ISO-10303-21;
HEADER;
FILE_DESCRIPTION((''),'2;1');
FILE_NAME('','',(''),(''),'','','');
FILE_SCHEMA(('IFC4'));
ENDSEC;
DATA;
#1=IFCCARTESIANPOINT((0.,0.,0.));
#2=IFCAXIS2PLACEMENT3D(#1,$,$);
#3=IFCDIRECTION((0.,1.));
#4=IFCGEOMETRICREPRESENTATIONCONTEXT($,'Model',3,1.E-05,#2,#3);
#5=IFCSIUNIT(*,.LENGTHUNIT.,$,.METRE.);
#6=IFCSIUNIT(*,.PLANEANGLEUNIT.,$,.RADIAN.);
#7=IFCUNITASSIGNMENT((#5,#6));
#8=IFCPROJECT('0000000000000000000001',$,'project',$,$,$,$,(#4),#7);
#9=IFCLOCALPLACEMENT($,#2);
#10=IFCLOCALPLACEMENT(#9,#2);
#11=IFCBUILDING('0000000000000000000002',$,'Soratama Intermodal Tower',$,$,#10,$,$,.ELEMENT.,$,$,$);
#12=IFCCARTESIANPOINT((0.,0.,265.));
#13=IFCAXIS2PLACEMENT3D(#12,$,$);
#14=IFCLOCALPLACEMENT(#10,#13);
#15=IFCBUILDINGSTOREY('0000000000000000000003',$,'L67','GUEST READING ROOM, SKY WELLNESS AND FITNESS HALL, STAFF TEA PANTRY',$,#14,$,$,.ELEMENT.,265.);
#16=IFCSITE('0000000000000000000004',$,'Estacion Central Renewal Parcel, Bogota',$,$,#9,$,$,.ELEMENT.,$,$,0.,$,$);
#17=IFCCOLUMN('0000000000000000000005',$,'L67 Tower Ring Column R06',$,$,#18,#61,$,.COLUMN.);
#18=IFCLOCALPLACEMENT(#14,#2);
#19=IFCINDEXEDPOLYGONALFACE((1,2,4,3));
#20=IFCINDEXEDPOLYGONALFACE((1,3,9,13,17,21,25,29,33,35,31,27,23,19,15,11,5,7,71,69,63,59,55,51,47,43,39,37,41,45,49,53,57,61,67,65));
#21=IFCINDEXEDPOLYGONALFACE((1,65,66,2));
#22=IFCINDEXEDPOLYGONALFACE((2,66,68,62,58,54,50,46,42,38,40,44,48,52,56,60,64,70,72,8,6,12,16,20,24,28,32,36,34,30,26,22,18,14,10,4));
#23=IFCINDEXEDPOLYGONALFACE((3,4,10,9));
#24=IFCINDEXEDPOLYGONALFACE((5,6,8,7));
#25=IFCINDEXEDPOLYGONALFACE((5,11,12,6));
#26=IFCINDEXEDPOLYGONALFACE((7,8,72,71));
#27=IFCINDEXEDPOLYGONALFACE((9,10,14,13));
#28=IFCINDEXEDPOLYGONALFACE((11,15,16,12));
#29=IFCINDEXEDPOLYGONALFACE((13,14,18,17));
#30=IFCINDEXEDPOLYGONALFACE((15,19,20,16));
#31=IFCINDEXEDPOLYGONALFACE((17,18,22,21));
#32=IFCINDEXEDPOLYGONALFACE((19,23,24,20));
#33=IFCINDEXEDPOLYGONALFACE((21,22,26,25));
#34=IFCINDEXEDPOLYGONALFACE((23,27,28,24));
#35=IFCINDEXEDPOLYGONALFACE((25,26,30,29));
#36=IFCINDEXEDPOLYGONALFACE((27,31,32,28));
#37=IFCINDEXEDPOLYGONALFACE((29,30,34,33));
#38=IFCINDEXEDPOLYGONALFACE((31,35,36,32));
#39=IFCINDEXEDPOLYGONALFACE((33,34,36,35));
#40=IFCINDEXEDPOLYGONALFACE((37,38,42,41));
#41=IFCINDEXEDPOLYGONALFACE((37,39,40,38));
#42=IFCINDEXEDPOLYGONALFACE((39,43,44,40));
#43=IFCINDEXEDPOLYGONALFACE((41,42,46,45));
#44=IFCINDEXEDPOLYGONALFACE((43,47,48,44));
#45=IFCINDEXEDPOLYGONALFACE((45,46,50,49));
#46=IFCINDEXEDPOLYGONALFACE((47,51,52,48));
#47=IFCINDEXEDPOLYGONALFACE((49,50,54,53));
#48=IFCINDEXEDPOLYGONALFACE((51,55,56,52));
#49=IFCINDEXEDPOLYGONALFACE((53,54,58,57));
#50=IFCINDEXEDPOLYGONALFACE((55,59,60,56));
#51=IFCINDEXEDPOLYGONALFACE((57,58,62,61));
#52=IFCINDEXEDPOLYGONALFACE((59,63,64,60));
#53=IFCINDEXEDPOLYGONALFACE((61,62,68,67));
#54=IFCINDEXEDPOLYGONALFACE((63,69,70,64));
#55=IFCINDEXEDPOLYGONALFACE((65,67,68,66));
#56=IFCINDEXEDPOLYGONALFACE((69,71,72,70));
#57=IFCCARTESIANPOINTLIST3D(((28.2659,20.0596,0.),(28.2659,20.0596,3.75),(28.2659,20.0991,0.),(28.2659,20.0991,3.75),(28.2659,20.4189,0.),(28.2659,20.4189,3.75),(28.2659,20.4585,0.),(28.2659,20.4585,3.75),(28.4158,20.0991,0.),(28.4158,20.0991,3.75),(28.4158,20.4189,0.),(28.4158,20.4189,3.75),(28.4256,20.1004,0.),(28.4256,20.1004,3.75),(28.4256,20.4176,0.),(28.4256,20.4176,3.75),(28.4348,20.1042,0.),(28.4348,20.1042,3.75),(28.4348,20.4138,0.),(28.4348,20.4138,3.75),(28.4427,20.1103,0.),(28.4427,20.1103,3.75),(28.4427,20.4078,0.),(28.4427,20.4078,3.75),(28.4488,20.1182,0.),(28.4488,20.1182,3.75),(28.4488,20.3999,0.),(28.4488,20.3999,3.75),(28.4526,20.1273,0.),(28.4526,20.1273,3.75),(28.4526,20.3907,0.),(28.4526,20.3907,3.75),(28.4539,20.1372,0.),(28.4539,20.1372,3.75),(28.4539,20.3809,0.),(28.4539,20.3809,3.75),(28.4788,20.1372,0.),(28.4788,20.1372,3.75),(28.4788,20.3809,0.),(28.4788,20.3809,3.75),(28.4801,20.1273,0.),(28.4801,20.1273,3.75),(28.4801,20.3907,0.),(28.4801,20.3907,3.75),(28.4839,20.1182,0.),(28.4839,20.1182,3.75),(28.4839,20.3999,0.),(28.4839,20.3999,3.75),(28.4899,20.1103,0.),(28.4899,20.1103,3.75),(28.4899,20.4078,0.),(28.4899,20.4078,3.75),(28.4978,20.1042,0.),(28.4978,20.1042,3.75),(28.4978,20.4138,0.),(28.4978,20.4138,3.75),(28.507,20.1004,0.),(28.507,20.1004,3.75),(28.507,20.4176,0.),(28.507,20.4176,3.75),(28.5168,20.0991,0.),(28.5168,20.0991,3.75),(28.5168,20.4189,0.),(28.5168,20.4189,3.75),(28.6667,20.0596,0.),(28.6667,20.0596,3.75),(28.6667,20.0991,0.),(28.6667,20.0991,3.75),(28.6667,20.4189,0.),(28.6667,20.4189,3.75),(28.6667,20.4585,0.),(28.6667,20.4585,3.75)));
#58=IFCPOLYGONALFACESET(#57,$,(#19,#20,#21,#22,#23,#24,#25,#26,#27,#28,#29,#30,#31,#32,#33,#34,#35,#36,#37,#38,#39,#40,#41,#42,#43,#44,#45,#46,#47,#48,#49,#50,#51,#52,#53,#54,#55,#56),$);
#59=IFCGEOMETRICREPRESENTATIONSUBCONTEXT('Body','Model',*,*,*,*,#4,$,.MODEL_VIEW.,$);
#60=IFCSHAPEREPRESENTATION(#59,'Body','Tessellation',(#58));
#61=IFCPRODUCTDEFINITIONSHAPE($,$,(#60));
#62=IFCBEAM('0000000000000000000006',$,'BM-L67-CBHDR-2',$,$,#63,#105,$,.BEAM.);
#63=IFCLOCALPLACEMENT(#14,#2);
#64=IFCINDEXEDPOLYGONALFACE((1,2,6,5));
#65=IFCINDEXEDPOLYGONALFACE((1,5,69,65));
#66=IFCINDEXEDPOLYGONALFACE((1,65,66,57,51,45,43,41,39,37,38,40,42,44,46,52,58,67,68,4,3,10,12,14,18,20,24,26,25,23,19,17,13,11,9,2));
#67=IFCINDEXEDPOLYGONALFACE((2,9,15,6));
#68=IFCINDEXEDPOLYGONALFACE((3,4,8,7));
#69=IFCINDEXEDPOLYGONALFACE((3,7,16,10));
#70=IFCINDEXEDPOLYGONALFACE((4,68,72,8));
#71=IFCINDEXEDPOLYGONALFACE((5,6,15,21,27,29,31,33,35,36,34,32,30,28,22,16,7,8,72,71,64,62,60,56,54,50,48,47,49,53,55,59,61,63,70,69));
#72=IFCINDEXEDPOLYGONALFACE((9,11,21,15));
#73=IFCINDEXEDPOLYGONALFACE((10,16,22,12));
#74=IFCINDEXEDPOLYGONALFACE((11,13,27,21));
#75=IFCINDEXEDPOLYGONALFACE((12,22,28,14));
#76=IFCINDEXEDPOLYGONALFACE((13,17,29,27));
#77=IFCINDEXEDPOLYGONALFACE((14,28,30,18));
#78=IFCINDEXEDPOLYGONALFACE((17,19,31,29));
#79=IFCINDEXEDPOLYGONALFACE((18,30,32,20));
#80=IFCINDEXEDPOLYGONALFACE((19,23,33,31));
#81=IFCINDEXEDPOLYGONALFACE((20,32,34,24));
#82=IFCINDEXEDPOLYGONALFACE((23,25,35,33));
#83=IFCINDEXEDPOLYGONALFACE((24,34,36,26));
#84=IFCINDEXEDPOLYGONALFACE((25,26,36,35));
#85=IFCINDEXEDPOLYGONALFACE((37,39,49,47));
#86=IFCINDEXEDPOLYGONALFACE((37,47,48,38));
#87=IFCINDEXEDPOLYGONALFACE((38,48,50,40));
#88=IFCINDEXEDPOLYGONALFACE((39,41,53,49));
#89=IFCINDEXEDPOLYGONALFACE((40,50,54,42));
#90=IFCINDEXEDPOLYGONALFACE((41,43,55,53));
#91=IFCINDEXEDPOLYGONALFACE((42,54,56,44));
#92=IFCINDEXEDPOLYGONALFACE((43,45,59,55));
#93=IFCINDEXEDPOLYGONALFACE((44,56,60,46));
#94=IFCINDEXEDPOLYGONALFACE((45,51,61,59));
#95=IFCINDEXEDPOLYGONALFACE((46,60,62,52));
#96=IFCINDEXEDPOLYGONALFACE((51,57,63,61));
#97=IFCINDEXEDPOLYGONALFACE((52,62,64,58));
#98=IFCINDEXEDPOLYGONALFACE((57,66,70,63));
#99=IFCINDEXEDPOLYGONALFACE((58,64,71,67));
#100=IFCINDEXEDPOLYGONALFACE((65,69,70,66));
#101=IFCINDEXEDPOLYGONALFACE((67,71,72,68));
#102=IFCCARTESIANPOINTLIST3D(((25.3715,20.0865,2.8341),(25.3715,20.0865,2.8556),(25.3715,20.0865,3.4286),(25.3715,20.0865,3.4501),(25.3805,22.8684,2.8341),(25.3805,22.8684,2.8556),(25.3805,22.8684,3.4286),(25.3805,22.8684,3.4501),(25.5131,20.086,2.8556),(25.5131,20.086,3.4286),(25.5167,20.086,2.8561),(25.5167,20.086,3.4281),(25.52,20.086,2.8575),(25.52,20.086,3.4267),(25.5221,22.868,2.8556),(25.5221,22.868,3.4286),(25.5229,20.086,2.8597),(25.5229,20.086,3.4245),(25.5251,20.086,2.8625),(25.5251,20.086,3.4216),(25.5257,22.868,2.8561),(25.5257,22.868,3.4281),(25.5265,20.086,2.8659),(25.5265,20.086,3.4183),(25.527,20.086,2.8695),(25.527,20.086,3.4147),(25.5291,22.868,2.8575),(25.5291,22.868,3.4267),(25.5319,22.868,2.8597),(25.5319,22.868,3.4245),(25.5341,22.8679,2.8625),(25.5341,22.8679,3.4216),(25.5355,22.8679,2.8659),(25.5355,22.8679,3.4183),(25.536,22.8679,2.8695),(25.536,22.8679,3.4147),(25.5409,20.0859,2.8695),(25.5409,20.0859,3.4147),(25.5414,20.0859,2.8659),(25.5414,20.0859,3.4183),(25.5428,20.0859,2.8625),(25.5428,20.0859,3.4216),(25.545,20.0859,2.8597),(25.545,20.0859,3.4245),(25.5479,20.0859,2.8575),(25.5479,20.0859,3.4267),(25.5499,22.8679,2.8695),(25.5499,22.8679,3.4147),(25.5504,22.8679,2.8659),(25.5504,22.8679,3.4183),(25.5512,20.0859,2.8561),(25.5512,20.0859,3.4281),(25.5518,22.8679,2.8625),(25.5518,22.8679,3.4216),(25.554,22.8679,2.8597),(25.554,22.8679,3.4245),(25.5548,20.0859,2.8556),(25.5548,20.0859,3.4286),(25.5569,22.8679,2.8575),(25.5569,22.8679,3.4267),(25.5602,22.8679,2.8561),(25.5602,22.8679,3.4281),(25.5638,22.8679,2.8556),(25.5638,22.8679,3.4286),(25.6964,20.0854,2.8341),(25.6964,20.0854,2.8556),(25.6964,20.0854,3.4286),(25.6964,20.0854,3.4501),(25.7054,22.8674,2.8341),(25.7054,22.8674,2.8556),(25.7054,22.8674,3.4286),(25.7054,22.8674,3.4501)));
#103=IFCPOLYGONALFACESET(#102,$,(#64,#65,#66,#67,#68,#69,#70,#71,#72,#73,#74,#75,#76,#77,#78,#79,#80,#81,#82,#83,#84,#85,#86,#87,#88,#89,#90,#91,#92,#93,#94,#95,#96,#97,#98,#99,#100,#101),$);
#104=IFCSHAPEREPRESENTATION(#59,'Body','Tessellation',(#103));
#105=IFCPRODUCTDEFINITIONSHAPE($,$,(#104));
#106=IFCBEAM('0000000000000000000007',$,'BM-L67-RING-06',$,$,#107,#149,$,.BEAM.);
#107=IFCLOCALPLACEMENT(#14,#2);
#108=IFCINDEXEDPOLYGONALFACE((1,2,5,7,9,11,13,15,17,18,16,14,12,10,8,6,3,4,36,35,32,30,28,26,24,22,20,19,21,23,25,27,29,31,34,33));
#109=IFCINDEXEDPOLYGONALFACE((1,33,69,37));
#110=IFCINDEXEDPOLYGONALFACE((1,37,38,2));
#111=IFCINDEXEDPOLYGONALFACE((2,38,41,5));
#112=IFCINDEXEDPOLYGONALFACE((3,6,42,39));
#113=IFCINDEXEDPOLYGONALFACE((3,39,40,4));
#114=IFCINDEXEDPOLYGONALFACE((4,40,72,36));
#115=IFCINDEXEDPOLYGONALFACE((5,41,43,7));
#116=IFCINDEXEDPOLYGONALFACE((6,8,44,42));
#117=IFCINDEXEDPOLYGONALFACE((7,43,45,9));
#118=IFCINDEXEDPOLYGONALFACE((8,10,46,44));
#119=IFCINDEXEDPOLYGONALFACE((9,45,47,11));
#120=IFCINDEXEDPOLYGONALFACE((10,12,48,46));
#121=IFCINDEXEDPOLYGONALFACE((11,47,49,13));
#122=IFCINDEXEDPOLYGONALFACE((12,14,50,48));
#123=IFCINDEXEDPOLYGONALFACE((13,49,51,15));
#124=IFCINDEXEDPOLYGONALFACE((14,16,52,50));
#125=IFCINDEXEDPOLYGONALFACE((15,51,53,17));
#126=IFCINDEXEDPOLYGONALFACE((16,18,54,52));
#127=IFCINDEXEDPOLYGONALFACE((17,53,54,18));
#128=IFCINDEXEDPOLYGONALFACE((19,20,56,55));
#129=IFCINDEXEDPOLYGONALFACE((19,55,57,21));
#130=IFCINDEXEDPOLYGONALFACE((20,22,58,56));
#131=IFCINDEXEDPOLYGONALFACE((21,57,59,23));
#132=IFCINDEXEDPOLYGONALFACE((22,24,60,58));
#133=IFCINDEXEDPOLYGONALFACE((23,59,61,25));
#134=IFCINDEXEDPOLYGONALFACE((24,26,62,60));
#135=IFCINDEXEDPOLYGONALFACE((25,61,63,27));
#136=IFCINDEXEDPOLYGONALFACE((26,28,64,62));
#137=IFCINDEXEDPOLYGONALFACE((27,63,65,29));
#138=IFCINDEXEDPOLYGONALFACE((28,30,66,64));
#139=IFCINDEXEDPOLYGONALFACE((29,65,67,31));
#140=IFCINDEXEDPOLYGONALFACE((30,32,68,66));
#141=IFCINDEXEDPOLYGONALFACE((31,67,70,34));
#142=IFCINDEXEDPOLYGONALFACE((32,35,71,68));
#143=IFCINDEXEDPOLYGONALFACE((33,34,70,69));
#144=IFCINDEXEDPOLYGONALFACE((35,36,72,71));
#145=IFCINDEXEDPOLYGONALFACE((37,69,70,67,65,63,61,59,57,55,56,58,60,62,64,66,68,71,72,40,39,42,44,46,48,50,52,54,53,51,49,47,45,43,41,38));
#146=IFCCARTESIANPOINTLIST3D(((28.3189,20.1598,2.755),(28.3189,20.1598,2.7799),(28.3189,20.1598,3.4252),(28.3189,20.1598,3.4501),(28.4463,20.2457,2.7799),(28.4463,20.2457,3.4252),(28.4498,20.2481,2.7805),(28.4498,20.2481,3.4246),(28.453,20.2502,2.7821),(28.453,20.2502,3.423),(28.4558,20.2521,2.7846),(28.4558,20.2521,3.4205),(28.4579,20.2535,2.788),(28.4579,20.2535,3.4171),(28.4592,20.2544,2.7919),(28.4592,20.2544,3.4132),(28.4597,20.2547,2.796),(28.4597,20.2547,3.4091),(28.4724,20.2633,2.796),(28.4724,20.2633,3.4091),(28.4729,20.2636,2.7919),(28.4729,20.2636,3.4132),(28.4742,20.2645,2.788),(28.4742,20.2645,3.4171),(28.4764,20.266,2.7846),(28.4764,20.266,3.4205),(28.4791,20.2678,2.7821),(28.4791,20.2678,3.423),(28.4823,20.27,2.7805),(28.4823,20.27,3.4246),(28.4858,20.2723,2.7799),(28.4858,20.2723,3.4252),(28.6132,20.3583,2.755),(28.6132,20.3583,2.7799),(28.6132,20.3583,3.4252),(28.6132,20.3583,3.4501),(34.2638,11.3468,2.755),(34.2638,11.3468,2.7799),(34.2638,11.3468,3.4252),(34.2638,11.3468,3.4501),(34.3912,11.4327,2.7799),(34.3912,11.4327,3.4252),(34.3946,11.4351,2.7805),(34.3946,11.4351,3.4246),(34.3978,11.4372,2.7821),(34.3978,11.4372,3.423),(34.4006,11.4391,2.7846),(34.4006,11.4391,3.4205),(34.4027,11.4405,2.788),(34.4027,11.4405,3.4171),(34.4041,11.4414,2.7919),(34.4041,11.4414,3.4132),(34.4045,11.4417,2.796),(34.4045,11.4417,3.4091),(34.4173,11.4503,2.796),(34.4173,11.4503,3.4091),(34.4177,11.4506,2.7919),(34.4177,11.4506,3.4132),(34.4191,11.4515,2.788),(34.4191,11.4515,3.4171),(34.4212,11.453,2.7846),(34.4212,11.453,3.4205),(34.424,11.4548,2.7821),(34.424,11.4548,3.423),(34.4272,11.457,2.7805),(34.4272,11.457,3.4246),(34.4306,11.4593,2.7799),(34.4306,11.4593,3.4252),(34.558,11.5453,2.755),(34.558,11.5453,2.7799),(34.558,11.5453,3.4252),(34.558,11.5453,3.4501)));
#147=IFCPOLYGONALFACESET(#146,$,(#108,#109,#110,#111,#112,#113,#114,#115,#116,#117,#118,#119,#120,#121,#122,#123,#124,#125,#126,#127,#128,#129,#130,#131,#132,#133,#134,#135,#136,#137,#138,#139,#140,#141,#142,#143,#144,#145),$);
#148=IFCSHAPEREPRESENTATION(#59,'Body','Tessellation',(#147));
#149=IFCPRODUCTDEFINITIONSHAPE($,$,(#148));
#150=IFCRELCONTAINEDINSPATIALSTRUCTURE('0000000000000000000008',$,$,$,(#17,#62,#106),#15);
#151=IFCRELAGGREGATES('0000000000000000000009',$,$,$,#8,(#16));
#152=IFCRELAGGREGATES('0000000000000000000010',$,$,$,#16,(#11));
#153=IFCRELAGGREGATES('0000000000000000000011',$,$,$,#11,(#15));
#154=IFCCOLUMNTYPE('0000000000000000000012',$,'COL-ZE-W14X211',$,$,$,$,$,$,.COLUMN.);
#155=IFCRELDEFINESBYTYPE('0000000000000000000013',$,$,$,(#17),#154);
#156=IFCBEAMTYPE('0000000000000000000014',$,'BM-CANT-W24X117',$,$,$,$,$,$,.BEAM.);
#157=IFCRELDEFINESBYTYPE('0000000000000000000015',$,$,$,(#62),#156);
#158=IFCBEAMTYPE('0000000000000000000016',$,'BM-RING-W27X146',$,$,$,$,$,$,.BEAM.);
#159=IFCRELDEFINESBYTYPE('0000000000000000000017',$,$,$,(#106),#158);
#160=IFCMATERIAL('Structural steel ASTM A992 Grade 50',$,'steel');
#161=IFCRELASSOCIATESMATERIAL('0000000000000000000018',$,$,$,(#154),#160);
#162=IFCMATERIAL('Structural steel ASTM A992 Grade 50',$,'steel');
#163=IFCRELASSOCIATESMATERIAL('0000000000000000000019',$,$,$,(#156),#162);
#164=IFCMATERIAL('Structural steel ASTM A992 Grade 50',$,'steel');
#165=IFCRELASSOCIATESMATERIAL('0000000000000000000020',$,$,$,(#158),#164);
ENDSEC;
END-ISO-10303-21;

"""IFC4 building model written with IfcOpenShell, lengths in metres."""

from ifc_helpers import new_model, si_unit, direction, frame, origin, origin_2d, place, context, subcontext, project, spatial, i_section, extrude, material, material_profile, profile_set, type_object, element, save


model = new_model("IFC4")

# Units and contexts
model_context = context("Model", 3, precision=1e-05, world=origin(), true_north=direction((0.0, 1.0)))
body_context = subcontext(model_context, "Body", "Model", "MODEL_VIEW")
ifc_project = project(units=[si_unit("LENGTHUNIT", "METRE"), si_unit("PLANEANGLEUNIT", "RADIAN")], contexts=[model_context])

# Site, building, storey
site_placement = place(None, origin())
site = spatial("IfcSite", under=ifc_project, at=site_placement, Name="Estacion Central Renewal Parcel, Bogota", CompositionType="ELEMENT", RefElevation=0.0)
building_placement = place(site_placement, origin())
building = spatial("IfcBuilding", under=site, at=building_placement, Name="Soratama Intermodal Tower", CompositionType="ELEMENT")
storey_placement = place(building_placement, frame((0.0, 0.0, 265.0)))
storey = spatial("IfcBuildingStorey", under=building, at=storey_placement, Name="L67", Description="GUEST READING ROOM, SKY WELLNESS AND FITNESS HALL, STAFF TEA PANTRY", CompositionType="ELEMENT", Elevation=265.0)

# Column
ifc_material_1 = material(Name="Structural steel ASTM A992 Grade 50", Category="steel")
ifc_material_profile_1 = material_profile(ifc_material_1, i_section(OverallWidth=0.4009, OverallDepth=0.3989, WebThickness=0.0249, FlangeThickness=0.0396, FilletRadius=0.0381, at=origin_2d()), Name="W14X211")
ifc_profile_set_1 = profile_set([ifc_material_profile_1], Name="Structural steel ASTM A992 Grade 50")
column_type = type_object("IfcColumnType", Name="COL-ZE-W14X211", PredefinedType="COLUMN", material=ifc_profile_set_1)
column_placement = place(storey_placement, frame((28.4663, 20.259, 0.0), z_axis=(0.0, 0.0, 1.0), x_axis=(1.0, 0.0, 0.0)))
element("IfcColumn", 1, at=column_placement, inside=storey, type_object=column_type, Name="L67 Tower Ring Column R06", PredefinedType="COLUMN", context=body_context, shape_type="SweptSolid", body=[
    extrude(i_section(OverallWidth=0.4009, OverallDepth=0.3989, WebThickness=0.0249, FlangeThickness=0.0396, FilletRadius=0.0381, at=origin_2d()), origin(), (0.0, 0.0, 1.0), 3.75),
])

# Beams
ifc_material_2 = material(Name="Structural steel ASTM A992 Grade 50", Category="steel")
ifc_material_profile_2 = material_profile(ifc_material_2, i_section(OverallWidth=0.325, OverallDepth=0.616, WebThickness=0.0139, FlangeThickness=0.0215, FilletRadius=0.0139, at=origin_2d()), Name="W24X117")
ifc_profile_set_2 = profile_set([ifc_material_profile_2], Name="Structural steel ASTM A992 Grade 50")
beam_type_1 = type_object("IfcBeamType", Name="BM-CANT-W24X117", PredefinedType="BEAM", material=ifc_profile_set_2)
beam_1_placement = place(storey_placement, frame((25.543, 22.8679, 3.1421), z_axis=(-0.003247, -0.999995, 0.0), x_axis=(0.999995, -0.003247, 0.0)))
element("IfcBeam", 2, at=beam_1_placement, inside=storey, type_object=beam_type_1, Name="BM-L67-CBHDR-2", PredefinedType="BEAM", context=body_context, shape_type="SweptSolid", body=[
    extrude(i_section(OverallWidth=0.325, OverallDepth=0.616, WebThickness=0.0139, FlangeThickness=0.0215, FilletRadius=0.0139, at=origin_2d()), origin(), (0.0, 0.0, 1.0), 2.782),
])
ifc_material_3 = material(Name="Structural steel ASTM A992 Grade 50", Category="steel")
ifc_material_profile_3 = material_profile(ifc_material_3, i_section(OverallWidth=0.355, OverallDepth=0.6951, WebThickness=0.0154, FlangeThickness=0.0249, FilletRadius=0.0161, at=origin_2d()), Name="W27X146")
ifc_profile_set_3 = profile_set([ifc_material_profile_3], Name="Structural steel ASTM A992 Grade 50")
beam_type_2 = type_object("IfcBeamType", Name="BM-RING-W27X146", PredefinedType="BEAM", material=ifc_profile_set_3)
beam_2_placement = place(storey_placement, frame((28.4661, 20.259, 3.1025), z_axis=(0.559218, -0.829021, 0.0), x_axis=(0.829021, 0.559218, 0.0)))
element("IfcBeam", 3, at=beam_2_placement, inside=storey, type_object=beam_type_2, Name="BM-L67-RING-06", PredefinedType="BEAM", context=body_context, shape_type="SweptSolid", body=[
    extrude(i_section(OverallWidth=0.355, OverallDepth=0.6951, WebThickness=0.0154, FlangeThickness=0.0249, FilletRadius=0.0161, at=origin_2d()), origin(), (0.0, 0.0, 1.0), 10.6306),
])

save(model, "model.ifc")
